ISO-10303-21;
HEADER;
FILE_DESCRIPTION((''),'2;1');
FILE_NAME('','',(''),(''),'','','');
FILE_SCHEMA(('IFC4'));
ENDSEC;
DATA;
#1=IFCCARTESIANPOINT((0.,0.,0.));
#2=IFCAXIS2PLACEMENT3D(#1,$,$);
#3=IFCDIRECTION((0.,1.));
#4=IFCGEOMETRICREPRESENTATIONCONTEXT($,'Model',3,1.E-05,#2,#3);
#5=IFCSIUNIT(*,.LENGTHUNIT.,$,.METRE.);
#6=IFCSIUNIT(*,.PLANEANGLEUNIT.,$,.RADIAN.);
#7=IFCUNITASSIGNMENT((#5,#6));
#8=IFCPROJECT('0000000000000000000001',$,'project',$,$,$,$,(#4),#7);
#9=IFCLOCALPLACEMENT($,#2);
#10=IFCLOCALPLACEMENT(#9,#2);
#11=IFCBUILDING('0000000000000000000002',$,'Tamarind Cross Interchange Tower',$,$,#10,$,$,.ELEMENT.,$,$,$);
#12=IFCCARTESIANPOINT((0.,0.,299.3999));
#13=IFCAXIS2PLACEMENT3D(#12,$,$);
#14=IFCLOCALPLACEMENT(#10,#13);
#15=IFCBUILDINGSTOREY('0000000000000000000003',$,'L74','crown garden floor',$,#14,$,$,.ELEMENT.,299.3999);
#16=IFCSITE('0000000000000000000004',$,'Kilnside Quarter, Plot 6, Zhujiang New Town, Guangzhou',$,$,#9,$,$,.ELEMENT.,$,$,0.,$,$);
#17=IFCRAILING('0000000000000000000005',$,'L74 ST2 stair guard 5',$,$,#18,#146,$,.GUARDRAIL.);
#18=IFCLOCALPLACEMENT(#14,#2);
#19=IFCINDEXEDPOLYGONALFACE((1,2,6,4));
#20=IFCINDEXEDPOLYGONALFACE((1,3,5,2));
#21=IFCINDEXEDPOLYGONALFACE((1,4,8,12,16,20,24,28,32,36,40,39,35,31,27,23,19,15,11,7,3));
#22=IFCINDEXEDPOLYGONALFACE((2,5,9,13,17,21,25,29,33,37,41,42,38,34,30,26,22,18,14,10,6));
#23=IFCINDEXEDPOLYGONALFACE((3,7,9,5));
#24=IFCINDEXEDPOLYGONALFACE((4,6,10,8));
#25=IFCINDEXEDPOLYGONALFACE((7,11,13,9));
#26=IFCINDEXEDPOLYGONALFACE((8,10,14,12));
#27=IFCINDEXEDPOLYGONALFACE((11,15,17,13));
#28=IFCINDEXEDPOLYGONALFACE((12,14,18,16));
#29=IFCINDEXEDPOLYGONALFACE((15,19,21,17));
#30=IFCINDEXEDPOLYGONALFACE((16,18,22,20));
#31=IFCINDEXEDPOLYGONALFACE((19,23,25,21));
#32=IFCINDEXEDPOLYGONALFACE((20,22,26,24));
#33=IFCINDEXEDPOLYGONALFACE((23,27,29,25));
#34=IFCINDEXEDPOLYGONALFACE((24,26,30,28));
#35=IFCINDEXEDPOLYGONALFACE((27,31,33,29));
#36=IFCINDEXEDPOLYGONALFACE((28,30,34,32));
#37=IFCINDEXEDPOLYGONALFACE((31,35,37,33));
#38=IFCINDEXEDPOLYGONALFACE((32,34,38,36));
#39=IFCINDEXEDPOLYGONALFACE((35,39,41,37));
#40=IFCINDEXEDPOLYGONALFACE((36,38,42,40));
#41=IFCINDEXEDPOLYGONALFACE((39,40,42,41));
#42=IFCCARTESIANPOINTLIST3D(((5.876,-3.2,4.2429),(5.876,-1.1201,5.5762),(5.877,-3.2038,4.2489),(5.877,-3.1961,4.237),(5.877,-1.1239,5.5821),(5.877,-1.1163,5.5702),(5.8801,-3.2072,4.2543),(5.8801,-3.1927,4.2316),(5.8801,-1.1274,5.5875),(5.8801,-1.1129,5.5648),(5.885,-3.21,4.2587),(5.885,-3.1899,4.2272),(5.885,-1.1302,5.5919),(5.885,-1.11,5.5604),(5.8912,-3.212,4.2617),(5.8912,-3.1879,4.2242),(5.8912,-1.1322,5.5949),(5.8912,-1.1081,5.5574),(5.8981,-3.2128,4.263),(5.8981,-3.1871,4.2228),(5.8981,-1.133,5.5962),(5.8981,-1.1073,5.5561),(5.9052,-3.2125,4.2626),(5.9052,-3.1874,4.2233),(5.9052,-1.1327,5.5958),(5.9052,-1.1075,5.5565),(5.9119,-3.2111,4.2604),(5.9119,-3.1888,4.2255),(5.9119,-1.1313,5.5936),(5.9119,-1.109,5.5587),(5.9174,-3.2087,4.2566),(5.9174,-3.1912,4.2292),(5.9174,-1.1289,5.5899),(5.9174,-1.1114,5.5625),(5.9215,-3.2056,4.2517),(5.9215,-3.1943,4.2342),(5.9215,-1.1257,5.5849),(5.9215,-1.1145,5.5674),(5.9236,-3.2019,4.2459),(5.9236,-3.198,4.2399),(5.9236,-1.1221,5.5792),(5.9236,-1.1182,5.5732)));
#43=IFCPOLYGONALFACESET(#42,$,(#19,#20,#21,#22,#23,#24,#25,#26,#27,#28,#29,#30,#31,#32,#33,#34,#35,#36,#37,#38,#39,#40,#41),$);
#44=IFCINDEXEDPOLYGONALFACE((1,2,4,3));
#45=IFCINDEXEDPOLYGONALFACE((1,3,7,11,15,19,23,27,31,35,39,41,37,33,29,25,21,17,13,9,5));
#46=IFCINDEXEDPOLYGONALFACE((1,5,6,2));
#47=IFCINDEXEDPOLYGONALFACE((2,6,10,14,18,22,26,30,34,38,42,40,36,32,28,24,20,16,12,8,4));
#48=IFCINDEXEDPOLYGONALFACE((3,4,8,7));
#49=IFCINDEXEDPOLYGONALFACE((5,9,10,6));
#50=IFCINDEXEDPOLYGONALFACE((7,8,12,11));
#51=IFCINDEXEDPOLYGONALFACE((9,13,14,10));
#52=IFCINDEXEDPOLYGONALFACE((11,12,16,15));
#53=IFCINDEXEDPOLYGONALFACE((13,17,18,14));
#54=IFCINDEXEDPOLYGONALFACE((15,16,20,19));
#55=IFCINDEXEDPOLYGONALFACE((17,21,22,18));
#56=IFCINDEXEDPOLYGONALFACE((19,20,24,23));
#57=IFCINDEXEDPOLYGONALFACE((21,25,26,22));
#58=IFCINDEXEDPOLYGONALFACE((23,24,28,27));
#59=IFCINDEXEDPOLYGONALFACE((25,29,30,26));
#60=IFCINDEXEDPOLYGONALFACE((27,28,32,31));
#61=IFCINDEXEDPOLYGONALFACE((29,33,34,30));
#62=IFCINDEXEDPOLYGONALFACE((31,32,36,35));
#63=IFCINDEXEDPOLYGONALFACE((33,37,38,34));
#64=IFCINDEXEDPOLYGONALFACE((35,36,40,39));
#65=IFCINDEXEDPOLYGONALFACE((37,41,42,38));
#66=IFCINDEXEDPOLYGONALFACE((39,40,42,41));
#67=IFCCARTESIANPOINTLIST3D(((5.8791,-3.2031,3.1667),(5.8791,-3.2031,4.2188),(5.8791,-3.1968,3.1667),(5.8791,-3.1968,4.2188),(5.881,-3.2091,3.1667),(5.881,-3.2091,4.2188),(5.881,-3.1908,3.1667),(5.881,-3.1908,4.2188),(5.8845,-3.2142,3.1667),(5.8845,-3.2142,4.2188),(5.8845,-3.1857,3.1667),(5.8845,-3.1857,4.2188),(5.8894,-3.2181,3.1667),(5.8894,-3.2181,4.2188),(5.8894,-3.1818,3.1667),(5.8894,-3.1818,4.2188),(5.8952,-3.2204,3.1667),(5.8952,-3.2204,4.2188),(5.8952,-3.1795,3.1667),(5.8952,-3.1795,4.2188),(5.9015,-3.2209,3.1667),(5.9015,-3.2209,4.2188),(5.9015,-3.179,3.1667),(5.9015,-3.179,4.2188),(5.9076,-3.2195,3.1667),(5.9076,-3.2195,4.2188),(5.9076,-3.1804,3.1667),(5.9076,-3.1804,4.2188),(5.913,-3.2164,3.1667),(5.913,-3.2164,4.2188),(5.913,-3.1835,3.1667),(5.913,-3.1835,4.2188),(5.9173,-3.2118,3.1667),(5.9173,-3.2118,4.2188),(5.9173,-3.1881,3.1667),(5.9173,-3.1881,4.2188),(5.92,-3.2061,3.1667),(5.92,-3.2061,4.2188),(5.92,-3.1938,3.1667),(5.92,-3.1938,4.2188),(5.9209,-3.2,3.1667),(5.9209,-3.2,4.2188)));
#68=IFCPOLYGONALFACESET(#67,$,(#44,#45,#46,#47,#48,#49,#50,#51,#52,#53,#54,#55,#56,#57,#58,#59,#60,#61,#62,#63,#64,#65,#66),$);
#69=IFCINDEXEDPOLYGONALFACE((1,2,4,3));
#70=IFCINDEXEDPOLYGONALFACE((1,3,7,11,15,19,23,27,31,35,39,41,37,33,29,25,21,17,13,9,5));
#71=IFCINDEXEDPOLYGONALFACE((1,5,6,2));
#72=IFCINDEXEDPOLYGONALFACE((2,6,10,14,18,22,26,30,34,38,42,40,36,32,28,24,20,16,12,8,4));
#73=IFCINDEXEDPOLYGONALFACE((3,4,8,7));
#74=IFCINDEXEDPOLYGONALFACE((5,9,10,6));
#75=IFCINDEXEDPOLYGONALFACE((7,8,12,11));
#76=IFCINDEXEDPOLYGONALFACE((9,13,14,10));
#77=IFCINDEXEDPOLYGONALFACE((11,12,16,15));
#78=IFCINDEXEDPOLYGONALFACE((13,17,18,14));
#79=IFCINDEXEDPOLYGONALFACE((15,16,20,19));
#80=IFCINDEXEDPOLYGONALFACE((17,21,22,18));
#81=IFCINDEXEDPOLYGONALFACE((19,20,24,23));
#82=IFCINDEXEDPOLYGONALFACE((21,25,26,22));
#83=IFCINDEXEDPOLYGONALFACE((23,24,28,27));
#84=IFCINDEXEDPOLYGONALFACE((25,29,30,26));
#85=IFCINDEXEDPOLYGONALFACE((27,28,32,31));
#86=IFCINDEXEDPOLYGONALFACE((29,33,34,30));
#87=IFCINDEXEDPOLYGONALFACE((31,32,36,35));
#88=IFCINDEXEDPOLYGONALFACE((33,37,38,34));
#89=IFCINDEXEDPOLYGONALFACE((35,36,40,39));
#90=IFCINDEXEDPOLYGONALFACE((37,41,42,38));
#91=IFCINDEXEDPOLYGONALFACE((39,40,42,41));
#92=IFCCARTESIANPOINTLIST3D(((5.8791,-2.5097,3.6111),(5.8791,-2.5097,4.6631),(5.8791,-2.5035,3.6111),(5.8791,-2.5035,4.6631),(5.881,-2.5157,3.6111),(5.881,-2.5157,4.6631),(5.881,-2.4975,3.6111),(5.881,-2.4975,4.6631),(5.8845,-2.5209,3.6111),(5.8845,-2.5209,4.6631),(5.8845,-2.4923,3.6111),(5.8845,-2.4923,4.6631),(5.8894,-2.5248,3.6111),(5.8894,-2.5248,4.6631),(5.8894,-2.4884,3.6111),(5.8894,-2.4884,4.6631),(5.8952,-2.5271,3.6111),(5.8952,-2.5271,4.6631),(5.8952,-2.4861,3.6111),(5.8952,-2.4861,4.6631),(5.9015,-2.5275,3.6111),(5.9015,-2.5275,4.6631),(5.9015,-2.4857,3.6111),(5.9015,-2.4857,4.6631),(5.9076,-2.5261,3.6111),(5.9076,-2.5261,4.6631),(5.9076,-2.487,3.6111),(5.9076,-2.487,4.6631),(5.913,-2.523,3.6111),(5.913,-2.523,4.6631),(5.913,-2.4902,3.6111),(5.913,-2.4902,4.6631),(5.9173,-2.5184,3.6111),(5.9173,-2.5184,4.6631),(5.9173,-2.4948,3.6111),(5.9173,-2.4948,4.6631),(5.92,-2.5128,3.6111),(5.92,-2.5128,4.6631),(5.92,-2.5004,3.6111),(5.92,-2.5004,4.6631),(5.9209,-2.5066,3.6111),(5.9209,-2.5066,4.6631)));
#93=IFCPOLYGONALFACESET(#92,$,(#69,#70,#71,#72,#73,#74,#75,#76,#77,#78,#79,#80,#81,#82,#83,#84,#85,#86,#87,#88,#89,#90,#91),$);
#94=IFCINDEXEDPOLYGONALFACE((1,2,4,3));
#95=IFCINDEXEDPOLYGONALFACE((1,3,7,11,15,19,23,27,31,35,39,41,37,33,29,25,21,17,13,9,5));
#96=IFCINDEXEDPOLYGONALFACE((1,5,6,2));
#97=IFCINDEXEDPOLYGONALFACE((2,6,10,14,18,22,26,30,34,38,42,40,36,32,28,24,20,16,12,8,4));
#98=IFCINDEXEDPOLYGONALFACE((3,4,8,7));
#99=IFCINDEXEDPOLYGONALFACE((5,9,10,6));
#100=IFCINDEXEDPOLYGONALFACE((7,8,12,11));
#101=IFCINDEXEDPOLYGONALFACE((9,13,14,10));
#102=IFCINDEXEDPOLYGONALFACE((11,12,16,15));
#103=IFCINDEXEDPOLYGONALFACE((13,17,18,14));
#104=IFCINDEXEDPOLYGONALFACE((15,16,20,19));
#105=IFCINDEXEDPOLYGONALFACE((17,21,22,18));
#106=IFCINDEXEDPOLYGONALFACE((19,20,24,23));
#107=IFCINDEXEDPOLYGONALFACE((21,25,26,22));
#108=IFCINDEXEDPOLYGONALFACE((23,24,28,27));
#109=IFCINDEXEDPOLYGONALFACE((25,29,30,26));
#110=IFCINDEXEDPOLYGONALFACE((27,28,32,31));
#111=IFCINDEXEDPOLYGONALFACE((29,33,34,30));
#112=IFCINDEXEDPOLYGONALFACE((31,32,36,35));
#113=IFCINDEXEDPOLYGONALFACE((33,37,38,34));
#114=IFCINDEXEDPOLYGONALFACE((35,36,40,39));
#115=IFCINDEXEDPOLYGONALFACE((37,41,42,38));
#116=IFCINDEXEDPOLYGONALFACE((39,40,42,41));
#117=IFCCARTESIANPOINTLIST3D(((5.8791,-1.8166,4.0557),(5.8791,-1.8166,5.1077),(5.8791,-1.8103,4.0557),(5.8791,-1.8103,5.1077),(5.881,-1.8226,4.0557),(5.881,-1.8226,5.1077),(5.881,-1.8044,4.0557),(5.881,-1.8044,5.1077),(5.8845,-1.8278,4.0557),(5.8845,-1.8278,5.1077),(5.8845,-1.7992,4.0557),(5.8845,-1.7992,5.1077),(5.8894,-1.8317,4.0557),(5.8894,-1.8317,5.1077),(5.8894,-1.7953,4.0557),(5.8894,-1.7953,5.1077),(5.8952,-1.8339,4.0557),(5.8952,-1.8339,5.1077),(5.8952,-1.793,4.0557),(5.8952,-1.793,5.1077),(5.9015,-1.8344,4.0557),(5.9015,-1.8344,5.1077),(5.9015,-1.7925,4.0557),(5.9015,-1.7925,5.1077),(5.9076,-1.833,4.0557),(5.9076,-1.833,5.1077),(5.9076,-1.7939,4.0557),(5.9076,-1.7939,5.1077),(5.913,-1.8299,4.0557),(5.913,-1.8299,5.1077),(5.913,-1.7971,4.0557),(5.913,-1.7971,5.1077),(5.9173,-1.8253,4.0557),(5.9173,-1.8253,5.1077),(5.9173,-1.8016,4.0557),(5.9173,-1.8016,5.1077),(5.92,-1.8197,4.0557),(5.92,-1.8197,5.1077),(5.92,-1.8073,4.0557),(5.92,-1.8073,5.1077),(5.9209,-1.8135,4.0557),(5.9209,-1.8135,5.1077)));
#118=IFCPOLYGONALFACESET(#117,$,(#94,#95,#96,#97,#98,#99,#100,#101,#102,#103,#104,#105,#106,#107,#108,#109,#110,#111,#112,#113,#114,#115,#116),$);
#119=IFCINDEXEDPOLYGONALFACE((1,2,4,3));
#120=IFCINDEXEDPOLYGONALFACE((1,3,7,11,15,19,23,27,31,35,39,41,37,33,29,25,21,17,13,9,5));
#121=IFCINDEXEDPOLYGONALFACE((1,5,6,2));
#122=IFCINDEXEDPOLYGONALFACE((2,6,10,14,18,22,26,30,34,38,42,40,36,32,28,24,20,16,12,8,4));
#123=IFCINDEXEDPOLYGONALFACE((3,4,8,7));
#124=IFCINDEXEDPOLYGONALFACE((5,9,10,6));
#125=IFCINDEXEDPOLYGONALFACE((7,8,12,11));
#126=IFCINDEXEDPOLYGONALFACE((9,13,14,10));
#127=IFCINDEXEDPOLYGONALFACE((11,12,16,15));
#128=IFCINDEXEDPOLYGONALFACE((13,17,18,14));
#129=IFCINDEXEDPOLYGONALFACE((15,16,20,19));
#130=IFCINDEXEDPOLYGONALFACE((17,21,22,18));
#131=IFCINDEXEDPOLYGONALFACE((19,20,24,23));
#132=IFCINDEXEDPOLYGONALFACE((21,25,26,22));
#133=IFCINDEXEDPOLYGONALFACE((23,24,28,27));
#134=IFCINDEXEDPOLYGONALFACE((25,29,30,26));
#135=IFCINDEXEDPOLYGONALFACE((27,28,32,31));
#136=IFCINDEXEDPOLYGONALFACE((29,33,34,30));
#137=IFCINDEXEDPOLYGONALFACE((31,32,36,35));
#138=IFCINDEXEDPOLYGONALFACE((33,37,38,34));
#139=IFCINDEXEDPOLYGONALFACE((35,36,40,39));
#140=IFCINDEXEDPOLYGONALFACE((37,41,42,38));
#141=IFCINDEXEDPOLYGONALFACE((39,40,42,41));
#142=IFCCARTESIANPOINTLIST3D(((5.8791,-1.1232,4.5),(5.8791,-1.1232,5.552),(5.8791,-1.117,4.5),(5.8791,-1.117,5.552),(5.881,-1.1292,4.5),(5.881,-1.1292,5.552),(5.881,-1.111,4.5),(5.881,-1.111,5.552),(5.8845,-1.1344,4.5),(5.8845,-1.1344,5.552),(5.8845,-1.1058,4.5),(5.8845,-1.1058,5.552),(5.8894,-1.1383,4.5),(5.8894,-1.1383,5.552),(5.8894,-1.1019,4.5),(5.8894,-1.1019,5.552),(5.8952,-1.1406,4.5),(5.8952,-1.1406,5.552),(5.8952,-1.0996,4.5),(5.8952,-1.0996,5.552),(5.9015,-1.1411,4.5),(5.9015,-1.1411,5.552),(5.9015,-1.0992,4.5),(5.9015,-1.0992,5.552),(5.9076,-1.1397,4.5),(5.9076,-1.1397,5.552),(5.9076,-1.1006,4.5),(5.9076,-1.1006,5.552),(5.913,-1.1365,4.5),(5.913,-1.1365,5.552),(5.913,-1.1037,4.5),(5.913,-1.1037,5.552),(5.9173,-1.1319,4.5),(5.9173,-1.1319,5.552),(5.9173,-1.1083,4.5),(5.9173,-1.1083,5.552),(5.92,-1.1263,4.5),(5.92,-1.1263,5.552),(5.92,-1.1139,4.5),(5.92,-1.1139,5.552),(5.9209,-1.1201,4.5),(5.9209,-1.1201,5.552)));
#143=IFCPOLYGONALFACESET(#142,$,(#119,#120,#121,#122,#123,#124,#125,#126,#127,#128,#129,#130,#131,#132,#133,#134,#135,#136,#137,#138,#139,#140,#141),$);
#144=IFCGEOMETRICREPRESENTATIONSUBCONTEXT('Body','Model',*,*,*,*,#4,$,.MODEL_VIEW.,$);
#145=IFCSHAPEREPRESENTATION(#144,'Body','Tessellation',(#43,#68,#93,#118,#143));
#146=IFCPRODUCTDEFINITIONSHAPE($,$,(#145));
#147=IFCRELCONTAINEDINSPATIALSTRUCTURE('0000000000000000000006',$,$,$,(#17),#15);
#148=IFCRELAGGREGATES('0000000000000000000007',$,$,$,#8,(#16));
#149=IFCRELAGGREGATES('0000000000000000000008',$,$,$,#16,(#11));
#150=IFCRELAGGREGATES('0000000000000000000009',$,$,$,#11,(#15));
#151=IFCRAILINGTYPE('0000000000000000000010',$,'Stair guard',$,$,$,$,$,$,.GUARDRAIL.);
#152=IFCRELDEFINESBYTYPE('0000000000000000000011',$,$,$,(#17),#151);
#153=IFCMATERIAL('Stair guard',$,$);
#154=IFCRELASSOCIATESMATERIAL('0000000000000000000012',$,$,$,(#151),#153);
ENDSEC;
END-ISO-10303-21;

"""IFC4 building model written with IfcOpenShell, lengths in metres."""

from ifc_helpers import new_model, si_unit, direction, frame, origin, origin_2d, place, context, subcontext, project, spatial, circle, extrude, material, type_object, element, save


model = new_model("IFC4")

# Units and contexts
model_context = context("Model", 3, precision=1e-05, world=origin(), true_north=direction((0.0, 1.0)))
body_context = subcontext(model_context, "Body", "Model", "MODEL_VIEW")
ifc_project = project(units=[si_unit("LENGTHUNIT", "METRE"), si_unit("PLANEANGLEUNIT", "RADIAN")], contexts=[model_context])

# Site, building, storey
site_placement = place(None, origin())
site = spatial("IfcSite", under=ifc_project, at=site_placement, Name="Kilnside Quarter, Plot 6, Zhujiang New Town, Guangzhou", CompositionType="ELEMENT", RefElevation=0.0)
building_placement = place(site_placement, origin())
building = spatial("IfcBuilding", under=site, at=building_placement, Name="Tamarind Cross Interchange Tower", CompositionType="ELEMENT")
storey_placement = place(building_placement, frame((0.0, 0.0, 299.3999)))
storey = spatial("IfcBuildingStorey", under=building, at=storey_placement, Name="L74", Description="crown garden floor", CompositionType="ELEMENT", Elevation=299.3999)

# Railing
ifc_material_1 = material(Name="Stair guard")
railing_type_1 = type_object("IfcRailingType", Name="Stair guard", PredefinedType="GUARDRAIL", material=ifc_material_1)
railing_1_placement = place(storey_placement, frame((5.8999, -3.2, 3.1667)))
element("IfcRailing", 1, at=railing_1_placement, inside=storey, type_object=railing_type_1, Name="L74 ST2 stair guard 5", PredefinedType="GUARDRAIL", context=body_context, shape_type="SweptSolid", body=[
    extrude(circle(Radius=0.0239, at=origin_2d()), frame((0.0, 0.0, 1.0762), z_axis=(0.0, 0.841875, 0.539673), x_axis=(-1.0, 0.0, 0.0)), (0.0, 0.0, 1.0), 2.4705),
    extrude(circle(Radius=0.021, at=origin_2d()), origin(), (0.0, 0.0, 1.0), 1.052),
    extrude(circle(Radius=0.021, at=origin_2d()), frame((0.0, 0.6934, 0.4443)), (0.0, 0.0, 1.0), 1.052),
    extrude(circle(Radius=0.021, at=origin_2d()), frame((0.0, 1.3865, 0.8889)), (0.0, 0.0, 1.0), 1.052),
    extrude(circle(Radius=0.021, at=origin_2d()), frame((0.0, 2.0798, 1.3333)), (0.0, 0.0, 1.0), 1.052),
])

save(model, "model.ifc")
